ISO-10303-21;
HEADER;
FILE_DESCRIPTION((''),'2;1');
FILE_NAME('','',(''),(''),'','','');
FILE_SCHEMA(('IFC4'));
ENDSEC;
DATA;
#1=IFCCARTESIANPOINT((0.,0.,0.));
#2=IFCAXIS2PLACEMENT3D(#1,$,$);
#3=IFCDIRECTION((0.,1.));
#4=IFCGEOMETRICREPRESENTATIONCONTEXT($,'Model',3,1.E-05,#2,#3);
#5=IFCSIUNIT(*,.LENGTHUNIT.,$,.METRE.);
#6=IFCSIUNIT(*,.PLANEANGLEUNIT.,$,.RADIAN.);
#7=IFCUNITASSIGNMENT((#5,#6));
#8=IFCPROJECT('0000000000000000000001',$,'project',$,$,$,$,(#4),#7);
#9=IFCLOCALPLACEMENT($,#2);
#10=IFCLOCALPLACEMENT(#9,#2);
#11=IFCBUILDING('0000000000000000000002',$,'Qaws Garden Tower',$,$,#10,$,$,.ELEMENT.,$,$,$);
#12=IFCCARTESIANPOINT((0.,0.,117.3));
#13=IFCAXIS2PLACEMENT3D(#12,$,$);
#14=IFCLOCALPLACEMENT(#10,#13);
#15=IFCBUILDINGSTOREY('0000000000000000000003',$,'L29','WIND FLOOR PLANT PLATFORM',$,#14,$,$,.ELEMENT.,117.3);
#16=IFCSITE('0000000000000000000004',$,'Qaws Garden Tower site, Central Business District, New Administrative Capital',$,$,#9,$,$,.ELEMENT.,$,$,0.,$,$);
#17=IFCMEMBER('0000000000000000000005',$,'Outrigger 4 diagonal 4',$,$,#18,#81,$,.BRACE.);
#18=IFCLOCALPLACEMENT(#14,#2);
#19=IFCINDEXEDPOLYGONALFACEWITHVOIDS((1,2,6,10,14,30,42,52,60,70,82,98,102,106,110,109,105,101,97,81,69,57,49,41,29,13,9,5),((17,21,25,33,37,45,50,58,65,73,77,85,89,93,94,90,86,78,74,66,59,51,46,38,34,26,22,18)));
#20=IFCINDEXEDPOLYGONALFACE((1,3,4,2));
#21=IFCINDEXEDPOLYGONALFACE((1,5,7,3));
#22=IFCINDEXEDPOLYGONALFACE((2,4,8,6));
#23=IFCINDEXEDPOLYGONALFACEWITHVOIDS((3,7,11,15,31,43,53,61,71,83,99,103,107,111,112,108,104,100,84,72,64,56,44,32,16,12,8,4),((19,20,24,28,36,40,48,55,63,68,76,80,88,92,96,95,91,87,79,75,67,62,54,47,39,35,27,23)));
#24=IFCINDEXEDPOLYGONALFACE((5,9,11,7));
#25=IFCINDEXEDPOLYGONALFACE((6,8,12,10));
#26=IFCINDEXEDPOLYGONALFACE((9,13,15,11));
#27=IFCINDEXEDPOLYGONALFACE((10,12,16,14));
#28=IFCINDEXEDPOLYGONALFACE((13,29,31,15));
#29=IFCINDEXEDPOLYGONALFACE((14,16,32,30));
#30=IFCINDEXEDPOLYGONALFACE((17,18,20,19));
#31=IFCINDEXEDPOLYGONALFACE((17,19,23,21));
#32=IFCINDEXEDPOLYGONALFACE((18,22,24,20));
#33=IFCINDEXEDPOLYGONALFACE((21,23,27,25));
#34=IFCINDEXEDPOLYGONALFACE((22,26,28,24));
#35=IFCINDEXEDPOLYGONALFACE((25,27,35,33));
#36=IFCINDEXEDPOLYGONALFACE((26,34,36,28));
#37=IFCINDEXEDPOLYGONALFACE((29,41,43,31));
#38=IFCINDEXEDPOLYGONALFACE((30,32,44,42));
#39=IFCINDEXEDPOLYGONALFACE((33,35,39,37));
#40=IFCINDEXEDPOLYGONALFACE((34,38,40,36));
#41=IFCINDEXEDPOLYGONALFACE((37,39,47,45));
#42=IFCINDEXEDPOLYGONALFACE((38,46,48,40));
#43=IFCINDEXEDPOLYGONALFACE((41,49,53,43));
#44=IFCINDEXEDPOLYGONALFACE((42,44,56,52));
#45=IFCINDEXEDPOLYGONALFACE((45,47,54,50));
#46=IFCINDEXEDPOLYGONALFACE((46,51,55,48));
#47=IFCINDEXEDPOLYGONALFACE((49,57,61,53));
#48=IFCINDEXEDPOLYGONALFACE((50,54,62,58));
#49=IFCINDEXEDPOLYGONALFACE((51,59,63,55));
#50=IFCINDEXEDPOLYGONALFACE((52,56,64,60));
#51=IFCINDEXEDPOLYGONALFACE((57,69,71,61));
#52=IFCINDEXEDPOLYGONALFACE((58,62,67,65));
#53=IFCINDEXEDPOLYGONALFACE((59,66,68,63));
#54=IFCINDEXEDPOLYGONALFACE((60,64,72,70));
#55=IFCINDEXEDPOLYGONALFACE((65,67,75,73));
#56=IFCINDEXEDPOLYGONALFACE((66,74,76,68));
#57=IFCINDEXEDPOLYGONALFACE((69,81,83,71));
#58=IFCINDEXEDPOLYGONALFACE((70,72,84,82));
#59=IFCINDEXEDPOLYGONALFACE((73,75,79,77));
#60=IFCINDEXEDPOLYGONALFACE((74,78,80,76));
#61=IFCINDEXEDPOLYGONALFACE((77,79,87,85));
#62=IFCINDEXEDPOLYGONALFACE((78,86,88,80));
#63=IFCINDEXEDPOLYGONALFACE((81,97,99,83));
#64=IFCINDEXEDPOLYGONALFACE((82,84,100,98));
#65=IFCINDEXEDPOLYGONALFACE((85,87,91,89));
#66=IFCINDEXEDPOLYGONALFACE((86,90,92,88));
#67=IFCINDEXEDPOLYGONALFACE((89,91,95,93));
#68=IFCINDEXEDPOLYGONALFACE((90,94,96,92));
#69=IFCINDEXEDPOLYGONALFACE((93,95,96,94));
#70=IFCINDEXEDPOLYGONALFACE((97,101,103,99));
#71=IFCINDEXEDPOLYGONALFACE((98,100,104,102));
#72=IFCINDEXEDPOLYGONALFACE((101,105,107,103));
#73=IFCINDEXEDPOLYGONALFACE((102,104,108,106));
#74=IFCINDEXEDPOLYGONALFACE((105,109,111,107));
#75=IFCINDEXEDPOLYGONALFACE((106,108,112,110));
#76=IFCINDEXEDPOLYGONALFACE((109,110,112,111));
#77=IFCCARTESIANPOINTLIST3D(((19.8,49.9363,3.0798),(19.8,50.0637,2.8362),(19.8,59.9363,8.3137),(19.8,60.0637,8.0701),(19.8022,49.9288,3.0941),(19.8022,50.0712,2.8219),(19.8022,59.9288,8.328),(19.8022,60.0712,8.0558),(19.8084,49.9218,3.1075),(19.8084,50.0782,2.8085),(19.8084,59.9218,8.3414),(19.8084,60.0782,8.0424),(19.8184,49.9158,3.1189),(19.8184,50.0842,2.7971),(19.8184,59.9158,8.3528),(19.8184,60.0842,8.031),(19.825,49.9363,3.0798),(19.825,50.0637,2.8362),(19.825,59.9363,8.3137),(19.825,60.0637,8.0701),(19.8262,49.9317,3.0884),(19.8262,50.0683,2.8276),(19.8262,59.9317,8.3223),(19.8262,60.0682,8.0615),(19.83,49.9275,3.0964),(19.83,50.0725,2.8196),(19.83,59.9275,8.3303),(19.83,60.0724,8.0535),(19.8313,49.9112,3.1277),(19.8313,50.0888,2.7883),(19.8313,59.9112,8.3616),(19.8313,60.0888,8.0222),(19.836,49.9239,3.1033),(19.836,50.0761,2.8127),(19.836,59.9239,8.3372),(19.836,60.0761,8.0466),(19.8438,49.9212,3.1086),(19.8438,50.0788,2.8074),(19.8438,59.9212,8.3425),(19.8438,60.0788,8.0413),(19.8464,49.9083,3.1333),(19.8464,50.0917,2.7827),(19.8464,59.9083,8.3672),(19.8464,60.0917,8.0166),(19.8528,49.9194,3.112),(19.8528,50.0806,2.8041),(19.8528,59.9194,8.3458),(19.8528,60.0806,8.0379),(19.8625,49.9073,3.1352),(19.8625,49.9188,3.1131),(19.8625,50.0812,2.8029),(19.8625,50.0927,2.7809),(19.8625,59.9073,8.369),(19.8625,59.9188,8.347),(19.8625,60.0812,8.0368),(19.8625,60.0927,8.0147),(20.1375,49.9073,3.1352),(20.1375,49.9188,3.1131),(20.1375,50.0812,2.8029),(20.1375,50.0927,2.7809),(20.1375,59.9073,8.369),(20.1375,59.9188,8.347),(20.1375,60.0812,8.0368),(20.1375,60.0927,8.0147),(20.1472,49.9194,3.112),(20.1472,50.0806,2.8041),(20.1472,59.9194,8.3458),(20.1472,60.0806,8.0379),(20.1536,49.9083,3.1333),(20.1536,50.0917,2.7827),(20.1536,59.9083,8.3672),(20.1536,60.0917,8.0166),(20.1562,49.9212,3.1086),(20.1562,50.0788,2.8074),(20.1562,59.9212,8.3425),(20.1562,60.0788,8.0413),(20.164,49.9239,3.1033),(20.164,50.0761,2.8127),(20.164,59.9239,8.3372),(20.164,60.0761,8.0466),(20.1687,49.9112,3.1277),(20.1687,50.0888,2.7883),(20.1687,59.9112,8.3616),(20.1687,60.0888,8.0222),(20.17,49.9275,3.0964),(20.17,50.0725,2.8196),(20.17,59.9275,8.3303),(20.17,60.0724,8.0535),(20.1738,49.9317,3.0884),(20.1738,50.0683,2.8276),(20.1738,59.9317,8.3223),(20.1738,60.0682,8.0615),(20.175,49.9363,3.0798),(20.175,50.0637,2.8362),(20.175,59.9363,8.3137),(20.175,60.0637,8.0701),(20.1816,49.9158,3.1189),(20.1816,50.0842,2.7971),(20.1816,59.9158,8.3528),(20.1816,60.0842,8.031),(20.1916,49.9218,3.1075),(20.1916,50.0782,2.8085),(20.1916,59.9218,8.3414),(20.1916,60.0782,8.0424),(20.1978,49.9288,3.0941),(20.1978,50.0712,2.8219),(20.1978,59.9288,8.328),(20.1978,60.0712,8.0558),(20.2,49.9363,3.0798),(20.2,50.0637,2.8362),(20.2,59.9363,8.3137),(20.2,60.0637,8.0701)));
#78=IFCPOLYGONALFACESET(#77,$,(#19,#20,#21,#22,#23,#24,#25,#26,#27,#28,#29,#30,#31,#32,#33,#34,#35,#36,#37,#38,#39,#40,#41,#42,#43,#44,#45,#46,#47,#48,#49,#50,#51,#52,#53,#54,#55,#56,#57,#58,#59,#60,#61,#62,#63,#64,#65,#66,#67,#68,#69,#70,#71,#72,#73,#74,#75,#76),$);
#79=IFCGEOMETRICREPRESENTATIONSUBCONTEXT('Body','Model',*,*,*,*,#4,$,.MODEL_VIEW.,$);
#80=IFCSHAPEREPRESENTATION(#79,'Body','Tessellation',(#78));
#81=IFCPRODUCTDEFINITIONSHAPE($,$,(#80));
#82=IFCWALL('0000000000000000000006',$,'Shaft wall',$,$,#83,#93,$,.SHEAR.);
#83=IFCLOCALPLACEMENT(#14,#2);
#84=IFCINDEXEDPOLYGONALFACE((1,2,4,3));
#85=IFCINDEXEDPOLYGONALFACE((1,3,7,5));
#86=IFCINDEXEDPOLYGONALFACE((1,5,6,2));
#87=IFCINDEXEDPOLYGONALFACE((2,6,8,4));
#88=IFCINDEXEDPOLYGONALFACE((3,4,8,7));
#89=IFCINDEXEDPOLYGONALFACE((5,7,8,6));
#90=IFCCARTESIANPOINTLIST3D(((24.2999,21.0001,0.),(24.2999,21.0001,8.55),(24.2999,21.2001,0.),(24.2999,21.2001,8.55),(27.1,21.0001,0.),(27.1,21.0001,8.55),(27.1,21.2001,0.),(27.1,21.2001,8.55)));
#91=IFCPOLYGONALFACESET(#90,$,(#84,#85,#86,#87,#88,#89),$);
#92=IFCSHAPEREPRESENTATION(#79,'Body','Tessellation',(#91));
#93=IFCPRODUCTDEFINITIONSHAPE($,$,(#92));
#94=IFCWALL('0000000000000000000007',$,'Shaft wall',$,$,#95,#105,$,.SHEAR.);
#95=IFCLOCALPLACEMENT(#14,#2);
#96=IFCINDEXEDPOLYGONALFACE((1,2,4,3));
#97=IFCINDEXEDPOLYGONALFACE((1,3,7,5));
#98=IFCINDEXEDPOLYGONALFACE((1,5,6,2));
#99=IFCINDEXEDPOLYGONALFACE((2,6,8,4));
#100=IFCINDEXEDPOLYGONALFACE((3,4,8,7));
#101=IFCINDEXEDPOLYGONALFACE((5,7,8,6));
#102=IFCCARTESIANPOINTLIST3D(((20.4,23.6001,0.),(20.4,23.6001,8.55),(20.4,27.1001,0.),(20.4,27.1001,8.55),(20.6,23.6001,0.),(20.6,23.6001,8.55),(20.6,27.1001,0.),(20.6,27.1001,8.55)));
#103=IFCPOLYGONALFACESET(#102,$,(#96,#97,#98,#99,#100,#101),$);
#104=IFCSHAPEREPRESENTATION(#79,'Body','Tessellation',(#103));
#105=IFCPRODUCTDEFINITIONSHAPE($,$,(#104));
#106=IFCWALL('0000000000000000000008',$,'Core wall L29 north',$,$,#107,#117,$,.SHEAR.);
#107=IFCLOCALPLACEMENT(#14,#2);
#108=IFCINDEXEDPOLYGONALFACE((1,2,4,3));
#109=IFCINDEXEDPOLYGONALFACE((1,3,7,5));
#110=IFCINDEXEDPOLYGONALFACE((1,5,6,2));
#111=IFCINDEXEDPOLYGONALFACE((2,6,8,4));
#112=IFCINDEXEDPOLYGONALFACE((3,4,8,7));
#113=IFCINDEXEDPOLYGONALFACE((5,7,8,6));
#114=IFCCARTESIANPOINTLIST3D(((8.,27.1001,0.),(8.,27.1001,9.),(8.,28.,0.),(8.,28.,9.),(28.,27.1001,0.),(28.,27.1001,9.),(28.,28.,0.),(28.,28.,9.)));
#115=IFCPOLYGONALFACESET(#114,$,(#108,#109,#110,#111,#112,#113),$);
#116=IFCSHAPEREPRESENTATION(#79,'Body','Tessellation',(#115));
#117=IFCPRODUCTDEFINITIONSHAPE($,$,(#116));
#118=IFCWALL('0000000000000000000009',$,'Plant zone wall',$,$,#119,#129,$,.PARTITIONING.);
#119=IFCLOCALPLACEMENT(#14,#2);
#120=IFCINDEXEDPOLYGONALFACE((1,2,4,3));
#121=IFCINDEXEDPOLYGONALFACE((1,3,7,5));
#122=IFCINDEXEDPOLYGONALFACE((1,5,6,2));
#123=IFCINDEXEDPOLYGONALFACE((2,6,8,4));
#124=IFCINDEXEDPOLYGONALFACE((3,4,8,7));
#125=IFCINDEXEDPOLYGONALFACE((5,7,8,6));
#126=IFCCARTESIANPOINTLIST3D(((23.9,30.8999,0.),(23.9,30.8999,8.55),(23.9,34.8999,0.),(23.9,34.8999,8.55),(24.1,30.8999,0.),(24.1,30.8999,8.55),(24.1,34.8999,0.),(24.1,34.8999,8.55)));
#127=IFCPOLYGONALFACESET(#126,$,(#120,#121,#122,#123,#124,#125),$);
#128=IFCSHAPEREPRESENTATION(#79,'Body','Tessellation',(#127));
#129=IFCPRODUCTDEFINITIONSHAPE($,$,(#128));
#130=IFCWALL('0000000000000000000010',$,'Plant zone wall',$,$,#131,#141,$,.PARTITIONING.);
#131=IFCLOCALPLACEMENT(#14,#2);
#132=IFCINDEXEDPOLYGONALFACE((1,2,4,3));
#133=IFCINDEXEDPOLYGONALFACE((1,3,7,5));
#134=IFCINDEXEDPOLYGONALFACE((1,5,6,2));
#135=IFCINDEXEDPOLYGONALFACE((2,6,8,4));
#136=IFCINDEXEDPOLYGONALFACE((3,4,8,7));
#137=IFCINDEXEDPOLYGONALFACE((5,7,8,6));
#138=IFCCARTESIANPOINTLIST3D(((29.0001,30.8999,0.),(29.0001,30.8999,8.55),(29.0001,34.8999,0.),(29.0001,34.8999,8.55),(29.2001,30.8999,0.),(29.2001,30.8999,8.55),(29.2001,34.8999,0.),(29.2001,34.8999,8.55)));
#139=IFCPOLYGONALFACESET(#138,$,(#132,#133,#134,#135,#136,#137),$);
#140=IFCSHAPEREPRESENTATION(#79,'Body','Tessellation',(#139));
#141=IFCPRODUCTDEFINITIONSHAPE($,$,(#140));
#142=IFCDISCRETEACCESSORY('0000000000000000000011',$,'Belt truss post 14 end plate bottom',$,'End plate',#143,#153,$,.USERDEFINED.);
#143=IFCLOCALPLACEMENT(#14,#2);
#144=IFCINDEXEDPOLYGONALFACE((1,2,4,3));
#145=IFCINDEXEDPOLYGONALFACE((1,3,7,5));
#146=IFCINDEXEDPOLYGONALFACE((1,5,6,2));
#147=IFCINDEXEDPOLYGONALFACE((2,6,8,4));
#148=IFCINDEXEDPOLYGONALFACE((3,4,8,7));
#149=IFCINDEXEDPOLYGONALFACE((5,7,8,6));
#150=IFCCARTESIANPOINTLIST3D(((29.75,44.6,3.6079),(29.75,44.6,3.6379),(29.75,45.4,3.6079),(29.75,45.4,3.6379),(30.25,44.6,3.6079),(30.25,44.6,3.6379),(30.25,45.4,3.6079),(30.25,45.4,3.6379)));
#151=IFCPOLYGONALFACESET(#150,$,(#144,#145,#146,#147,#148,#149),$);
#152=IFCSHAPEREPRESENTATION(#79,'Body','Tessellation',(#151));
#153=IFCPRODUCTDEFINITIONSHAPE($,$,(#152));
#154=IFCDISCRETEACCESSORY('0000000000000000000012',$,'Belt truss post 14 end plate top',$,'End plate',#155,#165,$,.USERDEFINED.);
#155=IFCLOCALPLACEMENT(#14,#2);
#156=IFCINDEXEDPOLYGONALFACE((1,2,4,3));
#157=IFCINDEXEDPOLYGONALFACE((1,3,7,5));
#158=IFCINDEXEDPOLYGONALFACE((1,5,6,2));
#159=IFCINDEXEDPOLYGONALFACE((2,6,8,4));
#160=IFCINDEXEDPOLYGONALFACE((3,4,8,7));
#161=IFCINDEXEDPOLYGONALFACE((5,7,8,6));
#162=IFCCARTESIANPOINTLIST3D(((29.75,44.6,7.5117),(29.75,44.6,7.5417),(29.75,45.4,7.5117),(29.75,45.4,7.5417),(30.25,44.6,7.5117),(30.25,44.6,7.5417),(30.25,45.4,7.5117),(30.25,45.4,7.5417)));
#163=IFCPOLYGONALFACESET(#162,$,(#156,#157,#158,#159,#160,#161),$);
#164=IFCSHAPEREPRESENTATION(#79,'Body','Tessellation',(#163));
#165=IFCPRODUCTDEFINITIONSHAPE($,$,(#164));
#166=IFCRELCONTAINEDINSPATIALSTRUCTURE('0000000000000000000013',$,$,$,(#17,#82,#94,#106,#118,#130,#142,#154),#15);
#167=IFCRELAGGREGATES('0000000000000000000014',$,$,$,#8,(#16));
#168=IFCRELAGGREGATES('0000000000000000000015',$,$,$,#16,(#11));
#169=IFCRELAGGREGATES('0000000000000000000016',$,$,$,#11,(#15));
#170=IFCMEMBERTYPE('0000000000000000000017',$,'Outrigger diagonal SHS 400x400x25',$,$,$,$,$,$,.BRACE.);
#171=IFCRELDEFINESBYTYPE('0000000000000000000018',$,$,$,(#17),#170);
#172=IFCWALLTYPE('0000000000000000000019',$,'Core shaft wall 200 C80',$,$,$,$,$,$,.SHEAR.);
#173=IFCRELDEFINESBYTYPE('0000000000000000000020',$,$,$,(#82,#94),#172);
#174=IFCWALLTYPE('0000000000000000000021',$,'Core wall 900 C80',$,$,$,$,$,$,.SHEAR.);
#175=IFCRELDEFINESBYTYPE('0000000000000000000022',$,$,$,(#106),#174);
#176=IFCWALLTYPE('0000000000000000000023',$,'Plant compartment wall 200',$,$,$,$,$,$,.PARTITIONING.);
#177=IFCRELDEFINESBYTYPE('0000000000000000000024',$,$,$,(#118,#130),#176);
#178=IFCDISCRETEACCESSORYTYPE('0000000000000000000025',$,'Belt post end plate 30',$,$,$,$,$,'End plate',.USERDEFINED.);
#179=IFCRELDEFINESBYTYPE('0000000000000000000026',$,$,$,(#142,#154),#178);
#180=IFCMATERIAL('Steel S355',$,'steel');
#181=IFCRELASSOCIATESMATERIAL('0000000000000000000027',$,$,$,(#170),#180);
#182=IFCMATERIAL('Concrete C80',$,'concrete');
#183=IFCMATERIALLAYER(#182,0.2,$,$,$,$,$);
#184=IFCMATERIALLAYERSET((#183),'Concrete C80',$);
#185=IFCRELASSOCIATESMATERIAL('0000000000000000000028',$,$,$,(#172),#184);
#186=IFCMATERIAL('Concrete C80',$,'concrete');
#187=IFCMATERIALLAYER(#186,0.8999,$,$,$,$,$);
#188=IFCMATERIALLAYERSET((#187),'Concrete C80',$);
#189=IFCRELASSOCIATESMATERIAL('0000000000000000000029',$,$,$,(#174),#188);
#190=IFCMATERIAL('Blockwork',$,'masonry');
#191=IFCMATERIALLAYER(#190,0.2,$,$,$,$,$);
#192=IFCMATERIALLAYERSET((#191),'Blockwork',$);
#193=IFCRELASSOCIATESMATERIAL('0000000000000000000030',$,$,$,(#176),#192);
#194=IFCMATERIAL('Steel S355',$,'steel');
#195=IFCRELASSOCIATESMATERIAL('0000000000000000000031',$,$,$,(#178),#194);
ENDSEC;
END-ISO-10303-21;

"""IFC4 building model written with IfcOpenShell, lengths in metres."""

from ifc_helpers import new_model, si_unit, direction, frame, frame_2d, origin, origin_2d, place, context, subcontext, project, spatial, rectangle, hollow_rectangle, extrude, material, layer, layer_set, material_profile, profile_set, type_object, element, save


model = new_model("IFC4")

# Units and contexts
model_context = context("Model", 3, precision=1e-05, world=origin(), true_north=direction((0.0, 1.0)))
body_context = subcontext(model_context, "Body", "Model", "MODEL_VIEW")
ifc_project = project(units=[si_unit("LENGTHUNIT", "METRE"), si_unit("PLANEANGLEUNIT", "RADIAN")], contexts=[model_context])

# Site, building, storey
site_placement = place(None, origin())
site = spatial("IfcSite", under=ifc_project, at=site_placement, Name="Qaws Garden Tower site, Central Business District, New Administrative Capital", CompositionType="ELEMENT", RefElevation=0.0)
building_placement = place(site_placement, origin())
building = spatial("IfcBuilding", under=site, at=building_placement, Name="Qaws Garden Tower", CompositionType="ELEMENT")
storey_placement = place(building_placement, frame((0.0, 0.0, 117.3)))
storey = spatial("IfcBuildingStorey", under=building, at=storey_placement, Name="L29", Description="WIND FLOOR PLANT PLATFORM", CompositionType="ELEMENT", Elevation=117.3)

# Member
placement = place(storey_placement, frame((30.0, 45.0, 3.6079), z_axis=(0.0, 0.0, 1.0), x_axis=(1.0, 0.0, 0.0)))
ifc_material_1 = material(Name="Steel S355", Category="steel")
ifc_material_profile_1 = material_profile(ifc_material_1, hollow_rectangle(XDim=0.3999, YDim=0.3999, WallThickness=0.0249, InnerFilletRadius=0.0376, OuterFilletRadius=0.0625, at=origin_2d()), Name="SHS 400x400x25")
ifc_profile_set_1 = profile_set([ifc_material_profile_1], Name="Steel S355")
member_type_1 = type_object("IfcMemberType", Name="Outrigger diagonal SHS 400x400x25", PredefinedType="BRACE", material=ifc_profile_set_1)
for number, where, z_axis, x_axis, name in (
    (1, (20.0, 50.0, 2.958), (0.0, 0.885985, 0.463714), (-1.0, 0.0, 0.0), "Outrigger 4 diagonal 4"),
):
    element("IfcMember", number, at=place(storey_placement, frame(where, z_axis=z_axis, x_axis=x_axis)), inside=storey, type_object=member_type_1, Name=name, PredefinedType="BRACE", context=body_context, shape_type="SweptSolid", body=[
        extrude(hollow_rectangle(XDim=0.3999, YDim=0.3999, WallThickness=0.0249, InnerFilletRadius=0.0376, OuterFilletRadius=0.0625, at=origin_2d()), origin(), (0.0, 0.0, 1.0), 11.2869),
    ])

# Walls
ifc_material_2 = material(Name="Concrete C80", Category="concrete")
ifc_layer_1 = layer(ifc_material_2, 0.2)
ifc_layer_set_1 = layer_set([ifc_layer_1], Name="Concrete C80")
wall_type_1 = type_object("IfcWallType", Name="Core shaft wall 200 C80", PredefinedType="SHEAR", material=ifc_layer_set_1)
wall_1_placement = place(storey_placement, frame((24.3, 21.1001, 0.0), z_axis=(0.0, 0.0, 1.0), x_axis=(1.0, 0.0, 0.0)))
element("IfcWall", 2, at=wall_1_placement, inside=storey, type_object=wall_type_1, Name="Shaft wall", PredefinedType="SHEAR", context=body_context, shape_type="SweptSolid", body=[
    extrude(rectangle(XDim=2.8, YDim=0.2, at=frame_2d((1.3999, 0.0))), origin(), (0.0, 0.0, 1.0), 8.55),
])
wall_2_placement = place(storey_placement, frame((20.5, 23.6001, 0.0), z_axis=(0.0, 0.0, 1.0), x_axis=(0.0, 1.0, 0.0)))
element("IfcWall", 3, at=wall_2_placement, inside=storey, type_object=wall_type_1, Name="Shaft wall", PredefinedType="SHEAR", context=body_context, shape_type="SweptSolid", body=[
    extrude(rectangle(XDim=3.5, YDim=0.2, at=frame_2d((1.75, 0.0))), origin(), (0.0, 0.0, 1.0), 8.55),
])
ifc_material_3 = material(Name="Concrete C80", Category="concrete")
ifc_layer_2 = layer(ifc_material_3, 0.8999)
ifc_layer_set_2 = layer_set([ifc_layer_2], Name="Concrete C80")
wall_type_2 = type_object("IfcWallType", Name="Core wall 900 C80", PredefinedType="SHEAR", material=ifc_layer_set_2)
wall_3_placement = place(storey_placement, frame((28.0, 27.55, 0.0), z_axis=(0.0, 0.0, 1.0), x_axis=(-1.0, 0.0, 0.0)))
element("IfcWall", 4, at=wall_3_placement, inside=storey, type_object=wall_type_2, Name="Core wall L29 north", PredefinedType="SHEAR", context=body_context, shape_type="SweptSolid", body=[
    extrude(rectangle(XDim=20.0, YDim=0.8999, at=frame_2d((10.0, 0.0))), origin(), (0.0, 0.0, 1.0), 9.0),
])
ifc_material_4 = material(Name="Blockwork", Category="masonry")
ifc_layer_3 = layer(ifc_material_4, 0.2)
ifc_layer_set_3 = layer_set([ifc_layer_3], Name="Blockwork")
wall_type_3 = type_object("IfcWallType", Name="Plant compartment wall 200", PredefinedType="PARTITIONING", material=ifc_layer_set_3)
for number, where, z_axis, x_axis, name in (
    (5, (24.0, 30.8999, 0.0), (0.0, 0.0, 1.0), (0.0, 1.0, 0.0), "Plant zone wall"),
    (6, (29.1001, 30.8999, 0.0), (0.0, 0.0, 1.0), (0.0, 1.0, 0.0), "Plant zone wall"),
):
    element("IfcWall", number, at=place(storey_placement, frame(where, z_axis=z_axis, x_axis=x_axis)), inside=storey, type_object=wall_type_3, Name=name, PredefinedType="PARTITIONING", context=body_context, shape_type="SweptSolid", body=[
        extrude(rectangle(XDim=4.0, YDim=0.2, at=frame_2d((2.0, 0.0))), origin(), (0.0, 0.0, 1.0), 8.55),
    ])

# Discrete accessories
ifc_material_5 = material(Name="Steel S355", Category="steel")
discrete_accessory_type = type_object("IfcDiscreteAccessoryType", Name="Belt post end plate 30", ElementType="End plate", PredefinedType="USERDEFINED", material=ifc_material_5)
element("IfcDiscreteAccessory", 7, at=placement, inside=storey, type_object=discrete_accessory_type, Name="Belt truss post 14 end plate bottom", ObjectType="End plate", PredefinedType="USERDEFINED", context=body_context, shape_type="SweptSolid", body=[
    extrude(rectangle(XDim=0.5, YDim=0.8, at=origin_2d()), origin(), (0.0, 0.0, 1.0), 0.03),
])
discrete_accessory_1_placement = place(storey_placement, frame((30.0, 45.0, 7.5117), z_axis=(0.0, 0.0, 1.0), x_axis=(1.0, 0.0, 0.0)))
element("IfcDiscreteAccessory", 8, at=discrete_accessory_1_placement, inside=storey, type_object=discrete_accessory_type, Name="Belt truss post 14 end plate top", ObjectType="End plate", PredefinedType="USERDEFINED", context=body_context, shape_type="SweptSolid", body=[
    extrude(rectangle(XDim=0.5, YDim=0.8, at=origin_2d()), origin(), (0.0, 0.0, 1.0), 0.03),
])

save(model, "model.ifc")
